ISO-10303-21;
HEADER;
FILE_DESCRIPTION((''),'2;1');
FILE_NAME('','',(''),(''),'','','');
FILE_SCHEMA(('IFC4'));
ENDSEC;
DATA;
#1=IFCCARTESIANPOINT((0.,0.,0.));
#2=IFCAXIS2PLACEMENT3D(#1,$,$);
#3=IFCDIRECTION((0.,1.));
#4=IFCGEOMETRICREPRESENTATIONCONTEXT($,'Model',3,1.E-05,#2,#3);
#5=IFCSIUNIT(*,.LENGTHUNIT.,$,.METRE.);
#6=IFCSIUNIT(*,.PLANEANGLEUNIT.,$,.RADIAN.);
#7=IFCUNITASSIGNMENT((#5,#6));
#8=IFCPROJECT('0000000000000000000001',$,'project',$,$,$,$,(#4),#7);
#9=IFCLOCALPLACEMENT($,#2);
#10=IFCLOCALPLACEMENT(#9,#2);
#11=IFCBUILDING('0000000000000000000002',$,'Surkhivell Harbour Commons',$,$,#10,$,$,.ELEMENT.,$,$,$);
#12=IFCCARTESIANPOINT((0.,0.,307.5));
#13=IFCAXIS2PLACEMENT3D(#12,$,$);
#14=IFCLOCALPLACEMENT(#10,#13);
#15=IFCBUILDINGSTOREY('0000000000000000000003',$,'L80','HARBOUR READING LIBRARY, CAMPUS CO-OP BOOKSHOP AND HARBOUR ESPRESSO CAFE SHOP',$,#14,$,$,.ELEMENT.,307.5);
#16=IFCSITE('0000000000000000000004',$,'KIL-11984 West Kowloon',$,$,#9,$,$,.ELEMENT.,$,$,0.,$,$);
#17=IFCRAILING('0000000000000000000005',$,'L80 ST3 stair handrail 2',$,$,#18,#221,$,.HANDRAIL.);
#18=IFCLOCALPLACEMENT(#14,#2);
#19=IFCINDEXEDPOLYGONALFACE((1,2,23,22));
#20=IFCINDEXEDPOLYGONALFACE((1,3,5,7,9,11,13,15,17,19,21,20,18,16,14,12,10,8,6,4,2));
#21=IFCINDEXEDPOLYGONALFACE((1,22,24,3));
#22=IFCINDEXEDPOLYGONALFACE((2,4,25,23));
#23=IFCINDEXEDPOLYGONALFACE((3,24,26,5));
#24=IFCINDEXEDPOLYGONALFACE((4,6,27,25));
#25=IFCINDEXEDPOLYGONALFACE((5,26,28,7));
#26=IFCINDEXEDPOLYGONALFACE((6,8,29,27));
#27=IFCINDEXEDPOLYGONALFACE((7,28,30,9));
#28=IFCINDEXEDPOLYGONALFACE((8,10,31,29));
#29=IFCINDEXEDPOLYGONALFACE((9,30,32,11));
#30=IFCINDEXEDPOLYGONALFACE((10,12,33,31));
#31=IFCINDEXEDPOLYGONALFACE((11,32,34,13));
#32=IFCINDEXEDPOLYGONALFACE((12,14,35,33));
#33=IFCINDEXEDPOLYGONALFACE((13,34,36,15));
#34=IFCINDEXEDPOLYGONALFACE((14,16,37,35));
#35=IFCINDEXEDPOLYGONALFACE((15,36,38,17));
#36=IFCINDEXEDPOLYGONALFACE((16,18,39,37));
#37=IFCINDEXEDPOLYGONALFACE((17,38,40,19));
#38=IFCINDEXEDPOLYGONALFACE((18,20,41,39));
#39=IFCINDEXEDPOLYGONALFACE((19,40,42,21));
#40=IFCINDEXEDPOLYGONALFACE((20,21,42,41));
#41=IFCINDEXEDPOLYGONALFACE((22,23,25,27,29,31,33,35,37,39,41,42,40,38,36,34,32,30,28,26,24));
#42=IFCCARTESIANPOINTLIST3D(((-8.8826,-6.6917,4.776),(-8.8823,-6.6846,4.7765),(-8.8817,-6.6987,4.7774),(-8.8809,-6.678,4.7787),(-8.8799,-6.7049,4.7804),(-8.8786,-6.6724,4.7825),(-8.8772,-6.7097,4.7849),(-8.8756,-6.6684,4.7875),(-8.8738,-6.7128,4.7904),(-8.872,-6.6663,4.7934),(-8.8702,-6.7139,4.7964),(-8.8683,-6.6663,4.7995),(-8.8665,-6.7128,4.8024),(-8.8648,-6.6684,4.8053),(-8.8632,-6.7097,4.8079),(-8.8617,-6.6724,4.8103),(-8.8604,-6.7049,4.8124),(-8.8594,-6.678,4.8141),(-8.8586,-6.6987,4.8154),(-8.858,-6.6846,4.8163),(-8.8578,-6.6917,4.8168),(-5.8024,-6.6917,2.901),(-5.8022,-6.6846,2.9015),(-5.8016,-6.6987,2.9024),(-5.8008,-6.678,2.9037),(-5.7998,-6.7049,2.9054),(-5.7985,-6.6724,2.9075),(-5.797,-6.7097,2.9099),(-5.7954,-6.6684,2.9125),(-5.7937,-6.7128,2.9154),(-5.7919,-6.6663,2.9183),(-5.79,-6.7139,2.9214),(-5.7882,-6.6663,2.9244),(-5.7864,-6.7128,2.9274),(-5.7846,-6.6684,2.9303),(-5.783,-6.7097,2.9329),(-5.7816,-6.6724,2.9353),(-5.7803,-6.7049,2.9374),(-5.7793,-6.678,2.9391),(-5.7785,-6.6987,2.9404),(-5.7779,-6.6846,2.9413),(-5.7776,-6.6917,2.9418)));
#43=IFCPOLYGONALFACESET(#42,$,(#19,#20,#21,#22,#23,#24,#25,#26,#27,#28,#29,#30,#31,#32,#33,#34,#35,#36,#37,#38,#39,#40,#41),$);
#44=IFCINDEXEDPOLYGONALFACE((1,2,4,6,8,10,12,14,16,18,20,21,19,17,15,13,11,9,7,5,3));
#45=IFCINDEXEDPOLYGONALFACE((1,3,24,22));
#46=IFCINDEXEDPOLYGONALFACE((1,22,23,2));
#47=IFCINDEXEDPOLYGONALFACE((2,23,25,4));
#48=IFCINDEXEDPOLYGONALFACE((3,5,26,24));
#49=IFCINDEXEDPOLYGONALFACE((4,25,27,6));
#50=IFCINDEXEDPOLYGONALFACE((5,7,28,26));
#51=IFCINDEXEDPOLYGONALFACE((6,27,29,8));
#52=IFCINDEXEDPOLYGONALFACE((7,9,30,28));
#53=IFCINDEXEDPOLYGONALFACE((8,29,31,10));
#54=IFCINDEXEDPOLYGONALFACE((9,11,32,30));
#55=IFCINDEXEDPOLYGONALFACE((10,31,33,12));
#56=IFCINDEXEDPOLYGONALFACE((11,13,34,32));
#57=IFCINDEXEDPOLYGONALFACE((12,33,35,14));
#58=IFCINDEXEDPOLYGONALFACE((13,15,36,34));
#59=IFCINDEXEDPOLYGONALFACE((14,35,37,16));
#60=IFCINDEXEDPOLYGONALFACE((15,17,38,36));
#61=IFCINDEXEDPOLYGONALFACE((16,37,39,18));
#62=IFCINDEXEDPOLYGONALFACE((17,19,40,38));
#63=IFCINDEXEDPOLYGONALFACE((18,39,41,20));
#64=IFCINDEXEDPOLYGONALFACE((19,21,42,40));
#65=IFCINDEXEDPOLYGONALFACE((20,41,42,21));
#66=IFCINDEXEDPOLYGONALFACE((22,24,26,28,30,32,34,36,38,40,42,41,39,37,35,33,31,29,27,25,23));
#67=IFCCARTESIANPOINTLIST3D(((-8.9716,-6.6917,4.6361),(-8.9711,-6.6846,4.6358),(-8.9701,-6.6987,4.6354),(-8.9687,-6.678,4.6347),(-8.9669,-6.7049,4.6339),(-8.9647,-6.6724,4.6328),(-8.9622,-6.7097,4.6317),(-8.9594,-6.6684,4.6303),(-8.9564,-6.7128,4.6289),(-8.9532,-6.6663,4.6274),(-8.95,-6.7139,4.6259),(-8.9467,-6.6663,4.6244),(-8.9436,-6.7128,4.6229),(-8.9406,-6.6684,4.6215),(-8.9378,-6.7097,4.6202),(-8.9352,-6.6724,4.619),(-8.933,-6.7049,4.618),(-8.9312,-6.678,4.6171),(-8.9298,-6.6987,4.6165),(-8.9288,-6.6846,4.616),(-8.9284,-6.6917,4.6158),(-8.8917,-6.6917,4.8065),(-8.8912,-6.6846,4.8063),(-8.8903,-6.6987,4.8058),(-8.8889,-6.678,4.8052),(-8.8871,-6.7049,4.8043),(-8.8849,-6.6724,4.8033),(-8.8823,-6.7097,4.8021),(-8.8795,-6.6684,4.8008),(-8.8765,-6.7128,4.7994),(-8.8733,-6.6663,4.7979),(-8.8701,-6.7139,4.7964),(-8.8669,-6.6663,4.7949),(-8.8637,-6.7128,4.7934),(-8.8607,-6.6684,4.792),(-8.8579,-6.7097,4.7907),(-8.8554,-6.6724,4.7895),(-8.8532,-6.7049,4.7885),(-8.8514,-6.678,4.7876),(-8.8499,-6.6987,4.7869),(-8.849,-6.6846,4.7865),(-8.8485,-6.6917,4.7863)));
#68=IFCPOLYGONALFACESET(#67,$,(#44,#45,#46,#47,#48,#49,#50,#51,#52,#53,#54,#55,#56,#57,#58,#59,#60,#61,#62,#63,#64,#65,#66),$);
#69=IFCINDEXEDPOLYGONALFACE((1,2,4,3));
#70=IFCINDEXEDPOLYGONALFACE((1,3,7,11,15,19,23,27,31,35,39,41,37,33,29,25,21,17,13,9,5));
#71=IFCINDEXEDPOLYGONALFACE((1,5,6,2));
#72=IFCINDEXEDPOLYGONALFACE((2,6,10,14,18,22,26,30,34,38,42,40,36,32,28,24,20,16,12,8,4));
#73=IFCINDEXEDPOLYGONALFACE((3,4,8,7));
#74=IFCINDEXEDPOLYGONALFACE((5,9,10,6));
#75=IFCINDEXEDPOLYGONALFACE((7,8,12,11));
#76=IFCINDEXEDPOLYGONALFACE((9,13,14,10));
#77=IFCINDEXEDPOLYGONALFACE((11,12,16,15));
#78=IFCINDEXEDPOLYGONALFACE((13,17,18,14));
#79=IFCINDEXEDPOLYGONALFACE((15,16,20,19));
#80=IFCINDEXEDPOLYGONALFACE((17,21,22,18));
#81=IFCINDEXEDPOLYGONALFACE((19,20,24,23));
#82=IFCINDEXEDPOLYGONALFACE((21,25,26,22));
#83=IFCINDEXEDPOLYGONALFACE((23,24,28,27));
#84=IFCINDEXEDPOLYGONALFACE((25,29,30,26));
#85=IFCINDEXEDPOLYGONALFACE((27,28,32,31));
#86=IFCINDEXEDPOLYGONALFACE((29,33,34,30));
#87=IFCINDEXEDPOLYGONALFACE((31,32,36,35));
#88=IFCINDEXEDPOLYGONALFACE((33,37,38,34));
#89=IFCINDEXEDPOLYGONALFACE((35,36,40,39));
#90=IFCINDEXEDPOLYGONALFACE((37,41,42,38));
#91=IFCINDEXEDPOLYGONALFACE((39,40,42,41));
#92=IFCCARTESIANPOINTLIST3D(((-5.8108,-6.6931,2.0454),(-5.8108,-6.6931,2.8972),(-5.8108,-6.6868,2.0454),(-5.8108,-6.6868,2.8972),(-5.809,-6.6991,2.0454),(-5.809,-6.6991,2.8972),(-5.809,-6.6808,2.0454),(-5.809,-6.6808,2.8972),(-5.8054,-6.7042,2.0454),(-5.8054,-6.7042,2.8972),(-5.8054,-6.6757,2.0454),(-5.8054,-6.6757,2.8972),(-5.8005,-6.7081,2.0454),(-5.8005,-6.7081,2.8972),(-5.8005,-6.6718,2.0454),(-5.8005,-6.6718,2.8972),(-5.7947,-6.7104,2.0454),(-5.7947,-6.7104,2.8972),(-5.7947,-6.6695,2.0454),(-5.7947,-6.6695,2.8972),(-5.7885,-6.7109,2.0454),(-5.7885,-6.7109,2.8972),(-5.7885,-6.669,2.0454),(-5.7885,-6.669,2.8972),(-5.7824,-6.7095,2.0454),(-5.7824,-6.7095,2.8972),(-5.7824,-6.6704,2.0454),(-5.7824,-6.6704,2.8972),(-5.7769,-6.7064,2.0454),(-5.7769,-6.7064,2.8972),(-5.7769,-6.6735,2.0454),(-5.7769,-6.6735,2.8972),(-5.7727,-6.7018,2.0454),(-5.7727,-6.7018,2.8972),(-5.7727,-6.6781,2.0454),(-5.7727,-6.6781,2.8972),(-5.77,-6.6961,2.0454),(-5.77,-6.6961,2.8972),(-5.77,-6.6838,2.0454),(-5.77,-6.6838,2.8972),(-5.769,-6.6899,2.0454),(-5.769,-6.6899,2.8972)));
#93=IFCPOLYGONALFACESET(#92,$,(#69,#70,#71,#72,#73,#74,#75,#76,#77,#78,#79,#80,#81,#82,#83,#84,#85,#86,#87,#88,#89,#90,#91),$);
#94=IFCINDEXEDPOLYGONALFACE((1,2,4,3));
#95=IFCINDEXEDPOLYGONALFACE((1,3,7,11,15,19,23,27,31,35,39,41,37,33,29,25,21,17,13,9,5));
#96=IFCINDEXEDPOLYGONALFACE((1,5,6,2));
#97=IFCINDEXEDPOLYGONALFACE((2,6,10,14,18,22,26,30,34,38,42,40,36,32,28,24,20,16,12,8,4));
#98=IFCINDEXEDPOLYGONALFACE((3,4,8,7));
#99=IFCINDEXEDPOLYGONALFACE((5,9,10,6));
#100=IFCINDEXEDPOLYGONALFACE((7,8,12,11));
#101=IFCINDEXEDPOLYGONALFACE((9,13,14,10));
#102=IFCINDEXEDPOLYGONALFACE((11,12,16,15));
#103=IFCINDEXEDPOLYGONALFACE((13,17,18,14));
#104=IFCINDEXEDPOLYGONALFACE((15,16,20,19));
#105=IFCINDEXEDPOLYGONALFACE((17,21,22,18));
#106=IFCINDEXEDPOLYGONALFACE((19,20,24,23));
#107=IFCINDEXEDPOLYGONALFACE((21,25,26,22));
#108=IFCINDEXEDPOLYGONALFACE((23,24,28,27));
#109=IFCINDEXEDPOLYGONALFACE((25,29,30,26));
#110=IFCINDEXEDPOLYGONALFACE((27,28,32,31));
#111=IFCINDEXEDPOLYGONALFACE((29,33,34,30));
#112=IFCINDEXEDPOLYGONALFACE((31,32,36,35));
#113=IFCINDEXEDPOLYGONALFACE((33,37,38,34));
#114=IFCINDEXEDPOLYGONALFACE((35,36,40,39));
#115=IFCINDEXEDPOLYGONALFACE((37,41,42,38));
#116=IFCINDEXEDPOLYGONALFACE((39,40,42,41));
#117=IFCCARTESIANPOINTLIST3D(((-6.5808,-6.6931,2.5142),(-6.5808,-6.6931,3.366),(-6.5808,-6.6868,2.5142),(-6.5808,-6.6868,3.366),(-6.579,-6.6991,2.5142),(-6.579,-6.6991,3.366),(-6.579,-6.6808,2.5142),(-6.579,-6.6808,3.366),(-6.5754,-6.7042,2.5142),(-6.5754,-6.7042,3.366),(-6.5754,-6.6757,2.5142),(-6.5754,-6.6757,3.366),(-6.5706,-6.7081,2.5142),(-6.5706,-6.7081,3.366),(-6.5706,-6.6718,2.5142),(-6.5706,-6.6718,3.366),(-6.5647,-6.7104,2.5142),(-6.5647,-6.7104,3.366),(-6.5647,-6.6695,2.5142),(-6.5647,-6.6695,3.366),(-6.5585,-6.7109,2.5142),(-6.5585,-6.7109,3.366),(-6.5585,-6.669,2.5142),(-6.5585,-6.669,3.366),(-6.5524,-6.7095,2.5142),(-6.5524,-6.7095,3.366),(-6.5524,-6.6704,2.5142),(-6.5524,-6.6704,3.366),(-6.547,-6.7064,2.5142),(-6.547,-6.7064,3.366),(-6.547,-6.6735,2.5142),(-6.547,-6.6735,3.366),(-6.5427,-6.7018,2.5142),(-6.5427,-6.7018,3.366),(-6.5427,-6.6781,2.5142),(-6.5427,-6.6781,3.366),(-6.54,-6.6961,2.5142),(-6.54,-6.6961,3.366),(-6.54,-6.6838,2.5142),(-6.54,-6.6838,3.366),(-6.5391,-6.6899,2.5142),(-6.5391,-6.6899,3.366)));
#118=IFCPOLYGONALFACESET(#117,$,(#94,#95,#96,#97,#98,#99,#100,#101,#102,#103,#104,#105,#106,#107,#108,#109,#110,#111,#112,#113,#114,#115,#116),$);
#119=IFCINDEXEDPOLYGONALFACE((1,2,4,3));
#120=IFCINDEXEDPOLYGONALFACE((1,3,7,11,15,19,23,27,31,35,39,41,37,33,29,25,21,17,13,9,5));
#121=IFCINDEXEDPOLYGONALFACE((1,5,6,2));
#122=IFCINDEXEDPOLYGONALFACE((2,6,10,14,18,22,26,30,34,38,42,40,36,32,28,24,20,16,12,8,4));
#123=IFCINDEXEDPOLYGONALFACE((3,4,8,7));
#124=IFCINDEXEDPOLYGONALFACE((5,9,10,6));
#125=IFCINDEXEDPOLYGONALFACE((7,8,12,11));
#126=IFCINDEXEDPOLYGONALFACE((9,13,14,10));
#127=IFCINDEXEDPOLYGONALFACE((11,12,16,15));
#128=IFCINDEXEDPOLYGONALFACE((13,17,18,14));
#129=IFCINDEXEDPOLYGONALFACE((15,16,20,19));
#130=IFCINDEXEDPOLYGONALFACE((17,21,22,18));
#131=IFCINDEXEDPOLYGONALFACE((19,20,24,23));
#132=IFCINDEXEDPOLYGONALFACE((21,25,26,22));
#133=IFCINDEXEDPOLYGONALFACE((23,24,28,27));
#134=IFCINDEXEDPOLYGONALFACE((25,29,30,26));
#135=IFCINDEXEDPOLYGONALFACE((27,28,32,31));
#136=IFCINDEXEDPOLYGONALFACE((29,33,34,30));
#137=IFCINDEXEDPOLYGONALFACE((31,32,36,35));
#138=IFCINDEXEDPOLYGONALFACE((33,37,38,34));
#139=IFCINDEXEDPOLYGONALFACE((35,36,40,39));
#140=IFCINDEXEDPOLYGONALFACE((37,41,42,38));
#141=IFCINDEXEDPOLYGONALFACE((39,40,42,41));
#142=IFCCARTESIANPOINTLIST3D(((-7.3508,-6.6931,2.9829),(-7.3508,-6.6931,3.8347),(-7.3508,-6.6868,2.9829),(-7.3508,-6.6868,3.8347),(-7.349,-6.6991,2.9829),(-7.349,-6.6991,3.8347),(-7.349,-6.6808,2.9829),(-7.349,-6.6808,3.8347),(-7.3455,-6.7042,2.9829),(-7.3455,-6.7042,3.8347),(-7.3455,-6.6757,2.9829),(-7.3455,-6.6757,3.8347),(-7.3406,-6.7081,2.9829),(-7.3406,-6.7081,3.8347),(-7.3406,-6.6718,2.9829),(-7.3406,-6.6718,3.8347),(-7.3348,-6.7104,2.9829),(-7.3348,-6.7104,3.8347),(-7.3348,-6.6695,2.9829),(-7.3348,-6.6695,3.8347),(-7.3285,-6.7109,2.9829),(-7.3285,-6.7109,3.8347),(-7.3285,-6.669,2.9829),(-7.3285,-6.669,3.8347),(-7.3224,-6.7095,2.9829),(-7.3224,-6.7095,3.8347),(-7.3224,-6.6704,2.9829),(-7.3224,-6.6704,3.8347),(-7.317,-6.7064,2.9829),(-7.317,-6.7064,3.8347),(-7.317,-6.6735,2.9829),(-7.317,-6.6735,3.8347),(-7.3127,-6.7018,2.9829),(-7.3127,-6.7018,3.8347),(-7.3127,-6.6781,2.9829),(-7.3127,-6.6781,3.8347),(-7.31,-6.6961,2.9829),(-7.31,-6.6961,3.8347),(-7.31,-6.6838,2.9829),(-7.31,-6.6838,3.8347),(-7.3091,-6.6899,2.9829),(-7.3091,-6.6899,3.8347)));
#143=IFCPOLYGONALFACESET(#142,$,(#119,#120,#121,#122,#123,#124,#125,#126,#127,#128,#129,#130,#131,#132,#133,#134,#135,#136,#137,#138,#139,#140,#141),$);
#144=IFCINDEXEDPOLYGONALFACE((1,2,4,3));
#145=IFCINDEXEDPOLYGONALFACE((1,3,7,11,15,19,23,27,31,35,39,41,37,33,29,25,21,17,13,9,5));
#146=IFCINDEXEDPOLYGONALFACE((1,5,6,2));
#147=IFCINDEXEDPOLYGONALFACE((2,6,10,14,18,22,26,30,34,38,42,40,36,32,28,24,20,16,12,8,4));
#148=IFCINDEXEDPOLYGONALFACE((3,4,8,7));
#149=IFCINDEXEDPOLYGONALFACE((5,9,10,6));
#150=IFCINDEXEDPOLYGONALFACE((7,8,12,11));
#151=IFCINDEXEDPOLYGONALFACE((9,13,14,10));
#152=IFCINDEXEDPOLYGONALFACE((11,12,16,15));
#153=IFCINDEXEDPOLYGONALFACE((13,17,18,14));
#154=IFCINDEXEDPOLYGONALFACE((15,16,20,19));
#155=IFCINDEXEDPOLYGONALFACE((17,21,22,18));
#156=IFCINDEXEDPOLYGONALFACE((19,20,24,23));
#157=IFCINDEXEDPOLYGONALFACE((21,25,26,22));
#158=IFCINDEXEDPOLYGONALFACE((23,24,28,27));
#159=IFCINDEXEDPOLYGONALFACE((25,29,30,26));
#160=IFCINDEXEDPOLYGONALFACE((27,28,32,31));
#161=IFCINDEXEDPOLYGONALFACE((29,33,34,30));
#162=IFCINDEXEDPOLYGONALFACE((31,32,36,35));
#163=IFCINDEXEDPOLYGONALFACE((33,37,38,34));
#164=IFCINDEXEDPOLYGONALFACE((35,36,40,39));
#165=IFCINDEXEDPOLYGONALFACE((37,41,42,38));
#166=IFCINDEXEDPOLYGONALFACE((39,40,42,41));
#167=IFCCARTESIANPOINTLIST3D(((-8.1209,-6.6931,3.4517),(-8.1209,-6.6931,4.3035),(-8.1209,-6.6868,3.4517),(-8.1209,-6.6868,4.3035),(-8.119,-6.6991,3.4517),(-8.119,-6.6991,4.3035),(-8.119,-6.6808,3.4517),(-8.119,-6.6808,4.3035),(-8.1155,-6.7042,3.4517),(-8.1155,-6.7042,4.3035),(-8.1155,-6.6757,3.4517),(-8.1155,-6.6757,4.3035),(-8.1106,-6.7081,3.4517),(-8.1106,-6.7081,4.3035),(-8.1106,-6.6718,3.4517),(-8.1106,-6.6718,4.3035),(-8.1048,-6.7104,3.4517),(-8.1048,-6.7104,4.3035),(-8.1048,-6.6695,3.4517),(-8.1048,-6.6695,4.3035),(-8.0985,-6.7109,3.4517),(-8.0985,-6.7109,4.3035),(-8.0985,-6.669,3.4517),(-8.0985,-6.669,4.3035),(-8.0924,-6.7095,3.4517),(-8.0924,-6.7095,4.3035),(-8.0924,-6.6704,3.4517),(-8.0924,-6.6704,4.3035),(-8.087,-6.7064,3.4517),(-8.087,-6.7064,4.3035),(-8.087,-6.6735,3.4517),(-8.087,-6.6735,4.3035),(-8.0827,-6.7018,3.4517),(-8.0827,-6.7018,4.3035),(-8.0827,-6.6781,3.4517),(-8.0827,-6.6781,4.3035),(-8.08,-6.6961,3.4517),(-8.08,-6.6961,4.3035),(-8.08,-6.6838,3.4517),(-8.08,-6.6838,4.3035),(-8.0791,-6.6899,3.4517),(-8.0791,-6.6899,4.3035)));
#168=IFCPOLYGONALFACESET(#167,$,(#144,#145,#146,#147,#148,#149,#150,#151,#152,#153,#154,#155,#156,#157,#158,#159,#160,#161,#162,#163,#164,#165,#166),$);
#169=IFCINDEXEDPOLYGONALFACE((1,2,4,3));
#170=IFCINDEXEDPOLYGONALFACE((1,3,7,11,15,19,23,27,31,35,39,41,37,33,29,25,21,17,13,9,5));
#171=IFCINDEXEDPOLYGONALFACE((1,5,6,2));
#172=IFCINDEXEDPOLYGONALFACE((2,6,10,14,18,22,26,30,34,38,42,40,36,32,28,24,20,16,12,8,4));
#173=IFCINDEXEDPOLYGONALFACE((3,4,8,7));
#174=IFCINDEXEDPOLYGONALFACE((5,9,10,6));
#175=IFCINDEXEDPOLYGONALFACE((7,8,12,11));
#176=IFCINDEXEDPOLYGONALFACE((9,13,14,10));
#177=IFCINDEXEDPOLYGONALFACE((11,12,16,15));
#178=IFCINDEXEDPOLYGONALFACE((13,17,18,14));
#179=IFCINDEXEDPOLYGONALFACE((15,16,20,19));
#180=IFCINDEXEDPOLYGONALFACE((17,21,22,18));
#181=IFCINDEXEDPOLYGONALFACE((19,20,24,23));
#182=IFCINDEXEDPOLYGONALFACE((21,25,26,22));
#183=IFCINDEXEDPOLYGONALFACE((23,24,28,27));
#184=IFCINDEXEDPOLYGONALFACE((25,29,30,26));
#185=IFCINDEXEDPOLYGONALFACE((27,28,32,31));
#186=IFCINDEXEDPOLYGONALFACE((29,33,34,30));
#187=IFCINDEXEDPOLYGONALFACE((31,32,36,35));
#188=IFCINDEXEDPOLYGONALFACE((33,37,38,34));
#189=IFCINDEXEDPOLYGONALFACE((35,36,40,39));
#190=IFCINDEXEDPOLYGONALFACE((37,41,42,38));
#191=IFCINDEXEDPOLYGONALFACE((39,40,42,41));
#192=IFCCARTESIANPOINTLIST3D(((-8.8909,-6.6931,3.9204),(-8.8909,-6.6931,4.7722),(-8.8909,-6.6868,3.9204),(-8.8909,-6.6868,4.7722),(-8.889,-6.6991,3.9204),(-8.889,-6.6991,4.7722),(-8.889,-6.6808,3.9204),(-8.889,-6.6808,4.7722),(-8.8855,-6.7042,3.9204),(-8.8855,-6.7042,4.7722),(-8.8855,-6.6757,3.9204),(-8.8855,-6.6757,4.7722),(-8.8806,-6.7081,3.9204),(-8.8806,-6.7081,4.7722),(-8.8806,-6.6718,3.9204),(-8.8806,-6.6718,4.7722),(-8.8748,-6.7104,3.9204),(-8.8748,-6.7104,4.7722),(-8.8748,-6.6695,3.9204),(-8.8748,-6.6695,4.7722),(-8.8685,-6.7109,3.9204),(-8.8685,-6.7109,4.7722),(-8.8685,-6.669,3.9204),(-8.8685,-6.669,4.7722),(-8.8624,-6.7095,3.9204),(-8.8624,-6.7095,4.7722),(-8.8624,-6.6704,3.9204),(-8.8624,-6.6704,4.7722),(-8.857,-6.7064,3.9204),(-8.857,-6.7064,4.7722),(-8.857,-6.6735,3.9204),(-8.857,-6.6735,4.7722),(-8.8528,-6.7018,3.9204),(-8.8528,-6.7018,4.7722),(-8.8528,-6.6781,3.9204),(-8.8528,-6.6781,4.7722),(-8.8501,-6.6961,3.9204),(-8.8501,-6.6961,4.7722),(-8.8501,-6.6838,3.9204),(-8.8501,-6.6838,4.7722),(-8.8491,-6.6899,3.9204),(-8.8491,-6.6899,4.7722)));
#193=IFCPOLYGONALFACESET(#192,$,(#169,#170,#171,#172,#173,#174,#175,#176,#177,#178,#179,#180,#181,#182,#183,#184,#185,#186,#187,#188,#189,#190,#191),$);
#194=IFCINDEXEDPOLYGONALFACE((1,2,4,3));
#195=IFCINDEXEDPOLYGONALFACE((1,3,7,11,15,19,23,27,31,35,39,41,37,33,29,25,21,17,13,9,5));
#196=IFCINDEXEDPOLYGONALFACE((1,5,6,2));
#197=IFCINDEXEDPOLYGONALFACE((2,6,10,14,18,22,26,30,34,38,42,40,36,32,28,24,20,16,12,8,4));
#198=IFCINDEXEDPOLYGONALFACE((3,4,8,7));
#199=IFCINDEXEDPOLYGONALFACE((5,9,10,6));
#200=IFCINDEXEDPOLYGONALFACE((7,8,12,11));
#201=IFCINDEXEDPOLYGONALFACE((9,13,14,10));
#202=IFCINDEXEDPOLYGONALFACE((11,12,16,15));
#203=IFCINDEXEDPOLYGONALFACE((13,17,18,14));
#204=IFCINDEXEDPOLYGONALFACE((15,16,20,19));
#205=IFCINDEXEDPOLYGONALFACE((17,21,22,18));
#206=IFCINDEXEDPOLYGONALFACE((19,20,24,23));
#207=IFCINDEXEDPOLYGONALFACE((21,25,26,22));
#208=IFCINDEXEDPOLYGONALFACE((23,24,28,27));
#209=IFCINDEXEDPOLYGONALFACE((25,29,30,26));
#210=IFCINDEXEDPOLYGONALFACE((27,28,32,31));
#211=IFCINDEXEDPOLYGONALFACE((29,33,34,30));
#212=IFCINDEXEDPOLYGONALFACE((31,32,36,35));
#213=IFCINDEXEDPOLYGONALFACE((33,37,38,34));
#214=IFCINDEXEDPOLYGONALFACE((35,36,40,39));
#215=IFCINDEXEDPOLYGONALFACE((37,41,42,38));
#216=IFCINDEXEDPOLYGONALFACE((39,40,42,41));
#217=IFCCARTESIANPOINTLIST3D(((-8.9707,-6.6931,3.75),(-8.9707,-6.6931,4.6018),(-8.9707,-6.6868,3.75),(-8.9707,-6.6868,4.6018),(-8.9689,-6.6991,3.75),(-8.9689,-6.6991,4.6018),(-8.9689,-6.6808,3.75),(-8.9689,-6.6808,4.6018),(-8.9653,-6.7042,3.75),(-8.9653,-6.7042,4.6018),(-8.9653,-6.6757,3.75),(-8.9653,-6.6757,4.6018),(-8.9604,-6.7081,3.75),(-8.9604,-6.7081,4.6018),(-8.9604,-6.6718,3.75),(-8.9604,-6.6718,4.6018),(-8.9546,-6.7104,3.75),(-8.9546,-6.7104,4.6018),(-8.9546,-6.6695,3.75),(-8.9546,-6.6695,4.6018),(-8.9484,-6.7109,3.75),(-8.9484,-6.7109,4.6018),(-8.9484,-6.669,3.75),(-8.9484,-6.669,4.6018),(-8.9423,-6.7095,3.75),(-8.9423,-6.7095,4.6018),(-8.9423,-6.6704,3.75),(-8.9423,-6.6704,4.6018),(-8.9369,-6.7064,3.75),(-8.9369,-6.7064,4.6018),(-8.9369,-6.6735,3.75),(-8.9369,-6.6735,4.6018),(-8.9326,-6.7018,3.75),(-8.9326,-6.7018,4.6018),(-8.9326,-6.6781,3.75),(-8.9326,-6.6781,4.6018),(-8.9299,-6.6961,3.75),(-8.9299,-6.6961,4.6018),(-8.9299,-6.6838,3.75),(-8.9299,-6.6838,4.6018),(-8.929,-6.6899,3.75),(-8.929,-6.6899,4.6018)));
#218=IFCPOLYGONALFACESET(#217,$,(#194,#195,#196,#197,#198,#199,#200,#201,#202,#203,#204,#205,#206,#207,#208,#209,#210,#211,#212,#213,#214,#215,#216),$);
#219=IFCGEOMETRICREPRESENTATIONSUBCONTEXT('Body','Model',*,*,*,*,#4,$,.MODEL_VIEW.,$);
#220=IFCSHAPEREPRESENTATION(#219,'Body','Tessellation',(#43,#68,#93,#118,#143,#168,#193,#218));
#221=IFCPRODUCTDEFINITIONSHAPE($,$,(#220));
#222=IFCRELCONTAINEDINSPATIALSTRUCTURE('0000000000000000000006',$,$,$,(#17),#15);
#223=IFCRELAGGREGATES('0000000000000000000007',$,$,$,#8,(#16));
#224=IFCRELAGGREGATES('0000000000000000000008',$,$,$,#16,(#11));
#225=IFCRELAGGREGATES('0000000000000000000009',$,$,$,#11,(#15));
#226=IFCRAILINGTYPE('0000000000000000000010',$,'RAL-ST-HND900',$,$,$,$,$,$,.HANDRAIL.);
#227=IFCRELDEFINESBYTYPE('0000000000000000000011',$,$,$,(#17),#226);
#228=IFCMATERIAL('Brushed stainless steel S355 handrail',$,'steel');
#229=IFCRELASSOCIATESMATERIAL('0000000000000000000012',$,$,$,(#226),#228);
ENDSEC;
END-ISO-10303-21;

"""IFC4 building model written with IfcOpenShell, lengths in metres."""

from ifc_helpers import new_model, si_unit, direction, frame, origin, origin_2d, place, context, subcontext, project, spatial, circle, extrude, material, type_object, element, save


model = new_model("IFC4")

# Units and contexts
model_context = context("Model", 3, precision=1e-05, world=origin(), true_north=direction((0.0, 1.0)))
body_context = subcontext(model_context, "Body", "Model", "MODEL_VIEW")
ifc_project = project(units=[si_unit("LENGTHUNIT", "METRE"), si_unit("PLANEANGLEUNIT", "RADIAN")], contexts=[model_context])

# Site, building, storey
site_placement = place(None, origin())
site = spatial("IfcSite", under=ifc_project, at=site_placement, Name="KIL-11984 West Kowloon", CompositionType="ELEMENT", RefElevation=0.0)
building_placement = place(site_placement, origin())
building = spatial("IfcBuilding", under=site, at=building_placement, Name="Surkhivell Harbour Commons", CompositionType="ELEMENT")
storey_placement = place(building_placement, frame((0.0, 0.0, 307.5)))
storey = spatial("IfcBuildingStorey", under=building, at=storey_placement, Name="L80", Description="HARBOUR READING LIBRARY, CAMPUS CO-OP BOOKSHOP AND HARBOUR ESPRESSO CAFE SHOP", CompositionType="ELEMENT", Elevation=307.5)

# Railing
ifc_material_1 = material(Name="Brushed stainless steel S355 handrail", Category="steel")
railing_type_1 = type_object("IfcRailingType", Name="RAL-ST-HND900", PredefinedType="HANDRAIL", material=ifc_material_1)
railing_1_placement = place(storey_placement, frame((-5.79, -6.6899, 2.0454)))
element("IfcRailing", 1, at=railing_1_placement, inside=storey, type_object=railing_type_1, Name="L80 ST3 stair handrail 2", PredefinedType="HANDRAIL", context=body_context, shape_type="SweptSolid", body=[
    extrude(circle(Radius=0.0239, at=origin_2d()), frame((0.0, 0.0, 0.876), z_axis=(-0.854178, 0.0, 0.519981), x_axis=(0.0, -1.0, 0.0)), (0.0, 0.0, 1.0), 3.606),
    extrude(circle(Radius=0.0239, at=origin_2d()), frame((-3.0801, 0.0, 2.751), z_axis=(-0.424234, 0.0, -0.905552), x_axis=(0.0, -1.0, 0.0)), (0.0, 0.0, 1.0), 0.1882),
    extrude(circle(Radius=0.021, at=origin_2d()), origin(), (0.0, 0.0, 1.0), 0.8518),
    extrude(circle(Radius=0.021, at=origin_2d()), frame((-0.77, 0.0, 0.4688)), (0.0, 0.0, 1.0), 0.8518),
    extrude(circle(Radius=0.021, at=origin_2d()), frame((-1.54, 0.0, 0.9375)), (0.0, 0.0, 1.0), 0.8518),
    extrude(circle(Radius=0.021, at=origin_2d()), frame((-2.3101, 0.0, 1.4062)), (0.0, 0.0, 1.0), 0.8518),
    extrude(circle(Radius=0.021, at=origin_2d()), frame((-3.0801, 0.0, 1.875)), (0.0, 0.0, 1.0), 0.8518),
    extrude(circle(Radius=0.021, at=origin_2d()), frame((-3.1599, 0.0, 1.7046)), (0.0, 0.0, 1.0), 0.8518),
])

save(model, "model.ifc")
